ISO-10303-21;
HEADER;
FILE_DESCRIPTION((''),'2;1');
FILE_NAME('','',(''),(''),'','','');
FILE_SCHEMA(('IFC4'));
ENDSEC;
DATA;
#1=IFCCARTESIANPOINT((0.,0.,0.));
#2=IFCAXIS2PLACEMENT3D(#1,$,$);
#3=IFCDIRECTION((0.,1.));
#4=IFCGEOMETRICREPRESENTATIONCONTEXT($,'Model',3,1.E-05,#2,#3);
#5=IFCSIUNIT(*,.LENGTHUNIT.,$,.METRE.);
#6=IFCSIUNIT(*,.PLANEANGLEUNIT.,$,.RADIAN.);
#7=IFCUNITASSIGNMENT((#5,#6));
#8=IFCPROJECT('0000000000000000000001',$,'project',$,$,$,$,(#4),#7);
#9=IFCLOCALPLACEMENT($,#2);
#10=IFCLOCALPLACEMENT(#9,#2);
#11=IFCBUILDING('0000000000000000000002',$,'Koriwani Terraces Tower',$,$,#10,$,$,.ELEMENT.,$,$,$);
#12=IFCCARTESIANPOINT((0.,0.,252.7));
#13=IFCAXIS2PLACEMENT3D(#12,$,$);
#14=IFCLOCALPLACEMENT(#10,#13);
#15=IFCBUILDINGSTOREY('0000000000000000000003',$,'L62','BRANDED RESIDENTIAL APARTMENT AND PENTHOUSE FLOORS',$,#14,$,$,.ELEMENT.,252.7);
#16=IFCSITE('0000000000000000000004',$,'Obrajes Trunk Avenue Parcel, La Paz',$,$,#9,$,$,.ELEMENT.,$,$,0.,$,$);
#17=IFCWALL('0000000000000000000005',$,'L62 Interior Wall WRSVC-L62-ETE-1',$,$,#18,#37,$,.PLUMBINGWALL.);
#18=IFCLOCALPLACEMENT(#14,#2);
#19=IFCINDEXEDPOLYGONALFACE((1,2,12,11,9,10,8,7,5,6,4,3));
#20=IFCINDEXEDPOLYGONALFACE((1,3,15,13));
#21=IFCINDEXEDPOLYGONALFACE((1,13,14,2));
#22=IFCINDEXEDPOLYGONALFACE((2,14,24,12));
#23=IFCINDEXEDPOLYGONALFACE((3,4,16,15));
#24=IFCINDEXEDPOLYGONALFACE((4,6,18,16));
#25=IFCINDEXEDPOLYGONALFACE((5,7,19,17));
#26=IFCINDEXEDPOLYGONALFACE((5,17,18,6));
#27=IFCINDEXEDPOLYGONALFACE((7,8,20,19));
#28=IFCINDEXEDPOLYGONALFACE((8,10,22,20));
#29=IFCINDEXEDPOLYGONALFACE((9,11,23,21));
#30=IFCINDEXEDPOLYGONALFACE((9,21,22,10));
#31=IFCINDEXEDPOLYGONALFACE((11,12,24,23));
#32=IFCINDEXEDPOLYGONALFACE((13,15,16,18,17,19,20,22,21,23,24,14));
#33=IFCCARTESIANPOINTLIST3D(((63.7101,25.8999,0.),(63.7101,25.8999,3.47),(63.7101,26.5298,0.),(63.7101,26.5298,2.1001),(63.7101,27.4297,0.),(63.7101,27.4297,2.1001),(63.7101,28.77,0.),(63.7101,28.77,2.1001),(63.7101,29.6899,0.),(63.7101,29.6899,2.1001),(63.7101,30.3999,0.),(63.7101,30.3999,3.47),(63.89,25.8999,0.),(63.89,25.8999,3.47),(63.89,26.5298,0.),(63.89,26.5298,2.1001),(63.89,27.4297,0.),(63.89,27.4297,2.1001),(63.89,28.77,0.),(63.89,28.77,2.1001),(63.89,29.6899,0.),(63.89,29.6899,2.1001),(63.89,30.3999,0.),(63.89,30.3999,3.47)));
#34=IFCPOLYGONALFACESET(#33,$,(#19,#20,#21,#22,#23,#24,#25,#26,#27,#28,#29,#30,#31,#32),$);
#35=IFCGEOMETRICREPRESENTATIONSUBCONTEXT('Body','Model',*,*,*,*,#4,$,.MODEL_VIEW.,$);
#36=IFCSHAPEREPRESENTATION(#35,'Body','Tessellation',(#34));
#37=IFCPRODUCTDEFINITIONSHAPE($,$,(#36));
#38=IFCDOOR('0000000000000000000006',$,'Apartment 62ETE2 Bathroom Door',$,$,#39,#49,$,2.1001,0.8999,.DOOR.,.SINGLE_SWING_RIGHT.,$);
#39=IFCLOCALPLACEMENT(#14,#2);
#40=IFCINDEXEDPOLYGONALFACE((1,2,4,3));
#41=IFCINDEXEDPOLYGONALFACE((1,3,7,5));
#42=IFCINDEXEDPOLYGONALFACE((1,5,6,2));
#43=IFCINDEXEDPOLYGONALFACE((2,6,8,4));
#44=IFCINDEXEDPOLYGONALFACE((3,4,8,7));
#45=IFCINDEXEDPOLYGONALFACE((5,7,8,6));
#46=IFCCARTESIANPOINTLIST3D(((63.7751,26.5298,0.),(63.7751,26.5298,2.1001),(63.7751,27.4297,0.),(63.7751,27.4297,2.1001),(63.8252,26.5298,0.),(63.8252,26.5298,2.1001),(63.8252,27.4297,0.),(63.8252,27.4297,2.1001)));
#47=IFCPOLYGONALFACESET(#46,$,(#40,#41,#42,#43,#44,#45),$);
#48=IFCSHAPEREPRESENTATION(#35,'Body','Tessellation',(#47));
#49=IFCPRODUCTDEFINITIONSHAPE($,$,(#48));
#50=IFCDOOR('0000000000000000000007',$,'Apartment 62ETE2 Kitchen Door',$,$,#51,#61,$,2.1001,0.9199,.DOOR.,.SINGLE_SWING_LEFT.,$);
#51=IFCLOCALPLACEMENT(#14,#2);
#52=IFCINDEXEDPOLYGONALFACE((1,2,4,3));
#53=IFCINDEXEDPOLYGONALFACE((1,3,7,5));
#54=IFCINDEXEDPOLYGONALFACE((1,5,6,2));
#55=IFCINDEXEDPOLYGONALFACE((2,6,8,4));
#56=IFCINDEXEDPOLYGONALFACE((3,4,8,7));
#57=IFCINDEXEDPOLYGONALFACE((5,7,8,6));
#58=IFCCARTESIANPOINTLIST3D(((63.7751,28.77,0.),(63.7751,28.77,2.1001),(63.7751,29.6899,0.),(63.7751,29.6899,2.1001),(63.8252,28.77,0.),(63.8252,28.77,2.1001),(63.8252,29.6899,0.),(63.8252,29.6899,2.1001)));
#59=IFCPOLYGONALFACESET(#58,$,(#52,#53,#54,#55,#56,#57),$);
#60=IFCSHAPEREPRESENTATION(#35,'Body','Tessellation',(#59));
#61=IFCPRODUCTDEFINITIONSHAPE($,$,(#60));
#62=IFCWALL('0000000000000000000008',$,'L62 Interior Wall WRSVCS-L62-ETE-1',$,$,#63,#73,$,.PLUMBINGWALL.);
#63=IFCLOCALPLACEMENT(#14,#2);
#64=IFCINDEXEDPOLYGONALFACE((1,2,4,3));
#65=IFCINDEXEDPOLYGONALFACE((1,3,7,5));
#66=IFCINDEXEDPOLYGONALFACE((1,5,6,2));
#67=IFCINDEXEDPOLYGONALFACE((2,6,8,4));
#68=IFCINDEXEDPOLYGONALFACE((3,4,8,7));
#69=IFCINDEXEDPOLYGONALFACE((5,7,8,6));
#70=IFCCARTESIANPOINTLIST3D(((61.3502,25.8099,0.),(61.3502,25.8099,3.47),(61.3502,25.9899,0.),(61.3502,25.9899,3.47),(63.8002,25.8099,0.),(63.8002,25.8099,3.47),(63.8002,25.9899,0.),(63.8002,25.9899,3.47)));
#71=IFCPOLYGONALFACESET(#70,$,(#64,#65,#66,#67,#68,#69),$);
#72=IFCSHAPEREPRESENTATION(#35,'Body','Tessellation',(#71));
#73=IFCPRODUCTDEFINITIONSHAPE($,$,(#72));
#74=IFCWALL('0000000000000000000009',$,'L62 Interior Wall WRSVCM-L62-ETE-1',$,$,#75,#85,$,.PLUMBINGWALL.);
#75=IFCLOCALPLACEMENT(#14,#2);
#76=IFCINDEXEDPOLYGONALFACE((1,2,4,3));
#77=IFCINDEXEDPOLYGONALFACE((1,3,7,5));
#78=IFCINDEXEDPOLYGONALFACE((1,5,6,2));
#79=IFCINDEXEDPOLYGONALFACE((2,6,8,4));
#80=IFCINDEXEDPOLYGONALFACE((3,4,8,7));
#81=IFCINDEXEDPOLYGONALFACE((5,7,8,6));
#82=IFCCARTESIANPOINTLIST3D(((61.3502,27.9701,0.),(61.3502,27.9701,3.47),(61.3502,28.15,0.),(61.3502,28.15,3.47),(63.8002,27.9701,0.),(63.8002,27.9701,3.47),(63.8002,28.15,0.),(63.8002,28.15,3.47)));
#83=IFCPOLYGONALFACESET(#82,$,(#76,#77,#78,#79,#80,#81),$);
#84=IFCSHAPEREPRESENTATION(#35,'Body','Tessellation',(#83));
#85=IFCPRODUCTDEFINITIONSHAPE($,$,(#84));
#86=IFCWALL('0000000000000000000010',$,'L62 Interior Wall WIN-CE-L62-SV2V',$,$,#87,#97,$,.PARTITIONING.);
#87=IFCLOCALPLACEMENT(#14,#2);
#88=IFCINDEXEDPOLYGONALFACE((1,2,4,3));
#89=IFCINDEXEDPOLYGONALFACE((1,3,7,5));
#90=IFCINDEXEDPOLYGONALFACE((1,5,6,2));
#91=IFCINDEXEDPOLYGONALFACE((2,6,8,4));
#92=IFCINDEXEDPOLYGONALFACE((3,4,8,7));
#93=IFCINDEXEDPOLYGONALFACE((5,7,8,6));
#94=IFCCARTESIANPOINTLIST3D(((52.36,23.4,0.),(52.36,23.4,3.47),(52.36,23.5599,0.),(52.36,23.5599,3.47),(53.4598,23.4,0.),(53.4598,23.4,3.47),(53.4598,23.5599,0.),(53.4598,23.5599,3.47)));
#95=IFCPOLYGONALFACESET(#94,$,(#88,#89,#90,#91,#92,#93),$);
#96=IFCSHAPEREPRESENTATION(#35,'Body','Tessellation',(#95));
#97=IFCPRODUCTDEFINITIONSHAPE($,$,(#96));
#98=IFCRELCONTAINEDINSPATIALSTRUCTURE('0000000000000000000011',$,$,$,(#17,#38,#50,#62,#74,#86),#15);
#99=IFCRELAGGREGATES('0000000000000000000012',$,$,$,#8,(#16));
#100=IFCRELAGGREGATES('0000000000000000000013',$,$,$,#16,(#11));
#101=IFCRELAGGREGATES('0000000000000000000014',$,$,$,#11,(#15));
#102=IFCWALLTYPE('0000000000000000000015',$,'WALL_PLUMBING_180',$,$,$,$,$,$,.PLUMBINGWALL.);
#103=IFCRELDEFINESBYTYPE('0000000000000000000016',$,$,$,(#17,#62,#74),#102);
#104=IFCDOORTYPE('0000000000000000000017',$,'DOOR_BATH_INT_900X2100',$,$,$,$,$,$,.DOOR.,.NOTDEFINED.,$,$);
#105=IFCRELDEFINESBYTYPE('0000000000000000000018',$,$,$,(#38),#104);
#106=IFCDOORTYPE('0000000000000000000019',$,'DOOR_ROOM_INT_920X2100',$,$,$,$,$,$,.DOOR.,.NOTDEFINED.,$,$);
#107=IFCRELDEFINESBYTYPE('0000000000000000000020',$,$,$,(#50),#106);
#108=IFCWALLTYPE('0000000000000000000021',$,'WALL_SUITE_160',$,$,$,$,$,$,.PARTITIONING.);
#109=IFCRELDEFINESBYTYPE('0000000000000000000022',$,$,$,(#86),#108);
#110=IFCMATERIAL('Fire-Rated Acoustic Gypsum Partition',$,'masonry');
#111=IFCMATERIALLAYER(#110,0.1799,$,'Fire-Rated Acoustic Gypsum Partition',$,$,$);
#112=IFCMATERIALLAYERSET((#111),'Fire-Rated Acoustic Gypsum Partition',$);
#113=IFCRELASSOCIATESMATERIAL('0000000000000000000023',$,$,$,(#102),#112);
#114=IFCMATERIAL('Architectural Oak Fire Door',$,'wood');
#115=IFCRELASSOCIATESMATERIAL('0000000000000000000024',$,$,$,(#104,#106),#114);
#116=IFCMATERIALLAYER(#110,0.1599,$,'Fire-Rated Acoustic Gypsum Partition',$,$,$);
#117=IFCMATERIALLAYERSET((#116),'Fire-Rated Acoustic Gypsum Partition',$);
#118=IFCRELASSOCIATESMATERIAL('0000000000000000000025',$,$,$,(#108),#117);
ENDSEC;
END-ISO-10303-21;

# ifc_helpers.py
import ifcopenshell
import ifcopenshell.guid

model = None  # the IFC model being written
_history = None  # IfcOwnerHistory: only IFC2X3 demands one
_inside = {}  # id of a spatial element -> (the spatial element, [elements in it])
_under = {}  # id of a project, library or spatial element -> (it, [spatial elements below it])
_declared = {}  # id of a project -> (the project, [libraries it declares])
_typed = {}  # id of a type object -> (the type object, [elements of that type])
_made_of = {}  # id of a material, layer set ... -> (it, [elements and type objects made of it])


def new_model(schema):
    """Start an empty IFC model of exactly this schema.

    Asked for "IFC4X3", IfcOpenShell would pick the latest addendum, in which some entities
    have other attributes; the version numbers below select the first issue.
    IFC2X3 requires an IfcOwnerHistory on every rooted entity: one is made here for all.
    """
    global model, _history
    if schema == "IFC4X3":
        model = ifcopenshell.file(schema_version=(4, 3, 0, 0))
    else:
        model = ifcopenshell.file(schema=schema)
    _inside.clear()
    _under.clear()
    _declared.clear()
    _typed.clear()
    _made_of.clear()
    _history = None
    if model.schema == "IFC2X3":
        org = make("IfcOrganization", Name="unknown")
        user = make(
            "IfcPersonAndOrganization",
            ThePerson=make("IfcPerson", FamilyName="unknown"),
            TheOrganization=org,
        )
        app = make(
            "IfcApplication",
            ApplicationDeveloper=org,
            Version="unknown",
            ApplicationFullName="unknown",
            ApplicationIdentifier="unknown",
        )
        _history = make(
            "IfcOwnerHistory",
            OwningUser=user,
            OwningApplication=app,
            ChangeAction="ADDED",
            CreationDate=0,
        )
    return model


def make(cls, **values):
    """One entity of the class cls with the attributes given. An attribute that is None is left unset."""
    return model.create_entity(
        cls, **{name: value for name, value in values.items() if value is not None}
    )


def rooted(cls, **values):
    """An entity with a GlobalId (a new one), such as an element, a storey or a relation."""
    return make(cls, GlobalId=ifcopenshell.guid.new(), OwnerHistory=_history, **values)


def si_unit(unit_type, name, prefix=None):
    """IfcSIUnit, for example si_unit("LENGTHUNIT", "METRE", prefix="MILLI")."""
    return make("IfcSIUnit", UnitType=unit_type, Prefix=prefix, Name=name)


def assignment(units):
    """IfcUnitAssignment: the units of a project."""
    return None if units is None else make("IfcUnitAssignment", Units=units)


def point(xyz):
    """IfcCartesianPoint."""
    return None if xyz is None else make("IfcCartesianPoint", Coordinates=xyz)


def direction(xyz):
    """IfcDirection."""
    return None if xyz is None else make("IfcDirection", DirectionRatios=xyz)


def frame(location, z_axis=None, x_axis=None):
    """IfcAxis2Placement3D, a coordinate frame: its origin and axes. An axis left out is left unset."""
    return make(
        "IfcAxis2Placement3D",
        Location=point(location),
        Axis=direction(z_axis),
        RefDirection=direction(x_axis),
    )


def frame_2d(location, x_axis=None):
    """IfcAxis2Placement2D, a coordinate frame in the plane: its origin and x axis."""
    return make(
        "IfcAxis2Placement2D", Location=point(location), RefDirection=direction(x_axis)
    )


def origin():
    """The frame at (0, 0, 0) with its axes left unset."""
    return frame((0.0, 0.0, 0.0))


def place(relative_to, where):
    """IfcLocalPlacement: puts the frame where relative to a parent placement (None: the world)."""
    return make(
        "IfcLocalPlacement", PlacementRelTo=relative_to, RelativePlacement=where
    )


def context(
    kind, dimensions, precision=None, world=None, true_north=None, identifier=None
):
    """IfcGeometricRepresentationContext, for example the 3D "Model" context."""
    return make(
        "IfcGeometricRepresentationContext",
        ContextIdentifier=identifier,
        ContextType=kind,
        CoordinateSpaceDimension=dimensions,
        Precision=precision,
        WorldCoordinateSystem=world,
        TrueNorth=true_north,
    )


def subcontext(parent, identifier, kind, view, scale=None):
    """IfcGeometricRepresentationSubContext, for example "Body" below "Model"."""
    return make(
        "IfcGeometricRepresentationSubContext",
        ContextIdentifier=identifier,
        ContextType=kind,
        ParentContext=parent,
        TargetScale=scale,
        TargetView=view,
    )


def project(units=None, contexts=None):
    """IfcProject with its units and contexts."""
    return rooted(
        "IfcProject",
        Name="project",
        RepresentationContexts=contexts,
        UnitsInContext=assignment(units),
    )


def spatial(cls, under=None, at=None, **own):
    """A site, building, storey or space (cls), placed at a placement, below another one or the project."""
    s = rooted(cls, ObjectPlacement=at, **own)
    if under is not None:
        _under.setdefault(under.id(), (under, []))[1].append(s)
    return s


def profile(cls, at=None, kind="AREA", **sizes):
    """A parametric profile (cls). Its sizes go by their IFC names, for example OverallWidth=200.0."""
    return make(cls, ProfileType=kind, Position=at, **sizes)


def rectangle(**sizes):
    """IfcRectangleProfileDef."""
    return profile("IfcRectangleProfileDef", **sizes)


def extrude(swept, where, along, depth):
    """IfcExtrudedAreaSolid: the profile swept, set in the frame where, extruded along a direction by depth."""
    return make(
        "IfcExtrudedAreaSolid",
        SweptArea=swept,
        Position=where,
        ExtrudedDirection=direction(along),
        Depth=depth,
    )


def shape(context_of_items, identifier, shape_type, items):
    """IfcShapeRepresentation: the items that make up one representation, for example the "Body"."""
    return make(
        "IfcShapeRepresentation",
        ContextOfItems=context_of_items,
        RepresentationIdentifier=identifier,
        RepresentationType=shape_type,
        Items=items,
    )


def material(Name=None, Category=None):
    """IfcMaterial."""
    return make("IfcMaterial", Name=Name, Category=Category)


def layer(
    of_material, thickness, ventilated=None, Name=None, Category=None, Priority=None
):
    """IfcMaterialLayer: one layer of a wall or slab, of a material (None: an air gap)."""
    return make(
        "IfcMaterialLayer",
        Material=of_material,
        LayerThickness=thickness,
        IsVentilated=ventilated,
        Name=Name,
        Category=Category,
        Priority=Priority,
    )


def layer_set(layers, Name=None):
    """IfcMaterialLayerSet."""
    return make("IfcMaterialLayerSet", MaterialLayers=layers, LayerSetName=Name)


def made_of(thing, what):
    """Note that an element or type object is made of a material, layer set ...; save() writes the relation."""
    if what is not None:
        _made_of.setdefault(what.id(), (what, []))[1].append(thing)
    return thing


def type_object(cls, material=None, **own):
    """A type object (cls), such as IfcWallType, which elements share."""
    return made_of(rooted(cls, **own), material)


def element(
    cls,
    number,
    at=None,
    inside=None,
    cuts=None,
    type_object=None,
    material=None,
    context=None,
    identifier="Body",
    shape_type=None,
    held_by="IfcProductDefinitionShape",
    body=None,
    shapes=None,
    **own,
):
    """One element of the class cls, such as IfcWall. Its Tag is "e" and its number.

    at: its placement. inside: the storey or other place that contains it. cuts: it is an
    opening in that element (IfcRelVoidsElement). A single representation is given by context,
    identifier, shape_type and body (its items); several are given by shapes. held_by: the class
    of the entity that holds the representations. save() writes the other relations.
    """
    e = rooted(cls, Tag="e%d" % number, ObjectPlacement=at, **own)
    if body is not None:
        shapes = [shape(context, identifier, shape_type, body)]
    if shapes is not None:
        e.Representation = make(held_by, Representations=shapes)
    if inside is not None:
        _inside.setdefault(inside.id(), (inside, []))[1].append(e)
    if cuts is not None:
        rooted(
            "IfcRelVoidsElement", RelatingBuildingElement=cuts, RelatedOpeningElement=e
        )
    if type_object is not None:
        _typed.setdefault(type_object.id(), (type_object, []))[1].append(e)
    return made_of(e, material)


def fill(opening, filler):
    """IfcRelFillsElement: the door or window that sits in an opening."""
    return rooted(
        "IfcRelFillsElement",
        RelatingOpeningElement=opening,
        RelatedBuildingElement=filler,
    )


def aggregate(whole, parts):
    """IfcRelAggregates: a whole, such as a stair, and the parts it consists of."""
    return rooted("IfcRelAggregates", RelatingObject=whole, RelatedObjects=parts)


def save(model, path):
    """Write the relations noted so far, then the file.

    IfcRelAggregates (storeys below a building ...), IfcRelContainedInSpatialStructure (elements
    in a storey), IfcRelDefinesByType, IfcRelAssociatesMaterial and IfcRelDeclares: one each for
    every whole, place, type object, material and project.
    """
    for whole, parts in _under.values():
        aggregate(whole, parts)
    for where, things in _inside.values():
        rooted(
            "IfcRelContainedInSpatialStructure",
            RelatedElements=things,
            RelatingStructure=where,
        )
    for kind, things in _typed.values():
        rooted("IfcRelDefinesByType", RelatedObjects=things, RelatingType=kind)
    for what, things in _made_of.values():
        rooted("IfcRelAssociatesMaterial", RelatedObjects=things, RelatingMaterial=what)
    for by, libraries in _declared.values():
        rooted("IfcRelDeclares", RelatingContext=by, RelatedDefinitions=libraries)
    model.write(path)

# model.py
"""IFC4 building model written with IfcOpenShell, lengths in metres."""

from ifc_helpers import new_model, si_unit, direction, frame, frame_2d, origin, place, context, subcontext, project, spatial, rectangle, extrude, material, layer, layer_set, type_object, element, fill, save


model = new_model("IFC4")

# Units and contexts
model_context = context("Model", 3, precision=1e-05, world=origin(), true_north=direction((0.0, 1.0)))
body_context = subcontext(model_context, "Body", "Model", "MODEL_VIEW")
ifc_project = project(units=[si_unit("LENGTHUNIT", "METRE"), si_unit("PLANEANGLEUNIT", "RADIAN")], contexts=[model_context])

# Site, building, storey
site_placement = place(None, origin())
site = spatial("IfcSite", under=ifc_project, at=site_placement, Name="Obrajes Trunk Avenue Parcel, La Paz", CompositionType="ELEMENT", RefElevation=0.0)
building_placement = place(site_placement, origin())
building = spatial("IfcBuilding", under=site, at=building_placement, Name="Koriwani Terraces Tower", CompositionType="ELEMENT")
storey_placement = place(building_placement, frame((0.0, 0.0, 252.7)))
storey = spatial("IfcBuildingStorey", under=building, at=storey_placement, Name="L62", Description="BRANDED RESIDENTIAL APARTMENT AND PENTHOUSE FLOORS", CompositionType="ELEMENT", Elevation=252.7)

# Wall, openings, doors
ifc_material_1 = material(Name="Fire-Rated Acoustic Gypsum Partition", Category="masonry")
ifc_layer_1 = layer(ifc_material_1, 0.1799, Name="Fire-Rated Acoustic Gypsum Partition")
ifc_layer_set_1 = layer_set([ifc_layer_1], Name="Fire-Rated Acoustic Gypsum Partition")
wall_type_1 = type_object("IfcWallType", Name="WALL_PLUMBING_180", PredefinedType="PLUMBINGWALL", material=ifc_layer_set_1)
wall_1_placement = place(storey_placement, frame((63.8, 25.8999, 0.0), z_axis=(0.0, 0.0, 1.0), x_axis=(0.0, 1.0, 0.0)))
wall_1 = element("IfcWall", 1, at=wall_1_placement, inside=storey, type_object=wall_type_1, Name="L62 Interior Wall WRSVC-L62-ETE-1", PredefinedType="PLUMBINGWALL", context=body_context, shape_type="SweptSolid", body=[
    extrude(rectangle(XDim=4.5, YDim=0.1799, at=frame_2d((2.25, 0.0))), origin(), (0.0, 0.0, 1.0), 3.47),
])
opening_1_placement = place(wall_1_placement, frame((0.6299, 0.0, 0.0)))
opening_1 = element("IfcOpeningElement", 2, at=opening_1_placement, cuts=wall_1, PredefinedType="OPENING", context=body_context, shape_type="SweptSolid", body=[
    extrude(rectangle(XDim=0.8999, YDim=2.1001, at=frame_2d((0.45, 1.05))), frame((0.0, 0.1001, 0.0), z_axis=(0.0, -1.0, 0.0), x_axis=(1.0, 0.0, 0.0)), (0.0, 0.0, 1.0), 0.2),
])
opening_2_placement = place(wall_1_placement, frame((2.8701, 0.0, 0.0)))
opening_2 = element("IfcOpeningElement", 3, at=opening_2_placement, cuts=wall_1, PredefinedType="OPENING", context=body_context, shape_type="SweptSolid", body=[
    extrude(rectangle(XDim=0.9199, YDim=2.1001, at=frame_2d((0.46, 1.05))), frame((0.0, 0.1001, 0.0), z_axis=(0.0, -1.0, 0.0), x_axis=(1.0, 0.0, 0.0)), (0.0, 0.0, 1.0), 0.2),
])
ifc_material_2 = material(Name="Architectural Oak Fire Door", Category="wood")
door_type_1 = type_object("IfcDoorType", Name="DOOR_BATH_INT_900X2100", OperationType="NOTDEFINED", PredefinedType="DOOR", material=ifc_material_2)
door_1_placement = place(opening_1_placement, origin())
door_1 = element("IfcDoor", 4, at=door_1_placement, inside=storey, type_object=door_type_1, Name="Apartment 62ETE2 Bathroom Door", OperationType="SINGLE_SWING_RIGHT", OverallHeight=2.1001, OverallWidth=0.8999, PredefinedType="DOOR", context=body_context, shape_type="SweptSolid", body=[
    extrude(rectangle(XDim=0.8999, YDim=2.1001, at=frame_2d((0.45, 1.05))), frame((0.0, 0.0249, 0.0), z_axis=(0.0, -1.0, 0.0), x_axis=(1.0, 0.0, 0.0)), (0.0, 0.0, 1.0), 0.05),
])
fill(opening_1, door_1)
door_type_2 = type_object("IfcDoorType", Name="DOOR_ROOM_INT_920X2100", OperationType="NOTDEFINED", PredefinedType="DOOR", material=ifc_material_2)
door_2_placement = place(opening_2_placement, origin())
door_2 = element("IfcDoor", 5, at=door_2_placement, inside=storey, type_object=door_type_2, Name="Apartment 62ETE2 Kitchen Door", OperationType="SINGLE_SWING_LEFT", OverallHeight=2.1001, OverallWidth=0.9199, PredefinedType="DOOR", context=body_context, shape_type="SweptSolid", body=[
    extrude(rectangle(XDim=0.9199, YDim=2.1001, at=frame_2d((0.46, 1.05))), frame((0.0, 0.0249, 0.0), z_axis=(0.0, -1.0, 0.0), x_axis=(1.0, 0.0, 0.0)), (0.0, 0.0, 1.0), 0.05),
])
fill(opening_2, door_2)

# Walls
for number, where, z_axis, x_axis, name in (
    (6, (61.3501, 25.8999, 0.0), (0.0, 0.0, 1.0), (1.0, 0.0, 0.0), "L62 Interior Wall WRSVCS-L62-ETE-1"),
    (7, (61.3501, 28.0601, 0.0), (0.0, 0.0, 1.0), (1.0, 0.0, 0.0), "L62 Interior Wall WRSVCM-L62-ETE-1"),
):
    element("IfcWall", number, at=place(storey_placement, frame(where, z_axis=z_axis, x_axis=x_axis)), inside=storey, type_object=wall_type_1, Name=name, PredefinedType="PLUMBINGWALL", context=body_context, shape_type="SweptSolid", body=[
        extrude(rectangle(XDim=2.45, YDim=0.1799, at=frame_2d((1.2251, 0.0))), origin(), (0.0, 0.0, 1.0), 3.47),
    ])

# Wall
ifc_layer_2 = layer(ifc_material_1, 0.1599, Name="Fire-Rated Acoustic Gypsum Partition")
ifc_layer_set_2 = layer_set([ifc_layer_2], Name="Fire-Rated Acoustic Gypsum Partition")
wall_type_2 = type_object("IfcWallType", Name="WALL_SUITE_160", PredefinedType="PARTITIONING", material=ifc_layer_set_2)
wall_2_placement = place(storey_placement, frame((52.3601, 23.48, 0.0), z_axis=(0.0, 0.0, 1.0), x_axis=(1.0, 0.0, 0.0)))
element("IfcWall", 8, at=wall_2_placement, inside=storey, type_object=wall_type_2, Name="L62 Interior Wall WIN-CE-L62-SV2V", PredefinedType="PARTITIONING", context=body_context, shape_type="SweptSolid", body=[
    extrude(rectangle(XDim=1.0999, YDim=0.1599, at=frame_2d((0.5498, 0.0))), origin(), (0.0, 0.0, 1.0), 3.47),
])

save(model, "model.ifc")
